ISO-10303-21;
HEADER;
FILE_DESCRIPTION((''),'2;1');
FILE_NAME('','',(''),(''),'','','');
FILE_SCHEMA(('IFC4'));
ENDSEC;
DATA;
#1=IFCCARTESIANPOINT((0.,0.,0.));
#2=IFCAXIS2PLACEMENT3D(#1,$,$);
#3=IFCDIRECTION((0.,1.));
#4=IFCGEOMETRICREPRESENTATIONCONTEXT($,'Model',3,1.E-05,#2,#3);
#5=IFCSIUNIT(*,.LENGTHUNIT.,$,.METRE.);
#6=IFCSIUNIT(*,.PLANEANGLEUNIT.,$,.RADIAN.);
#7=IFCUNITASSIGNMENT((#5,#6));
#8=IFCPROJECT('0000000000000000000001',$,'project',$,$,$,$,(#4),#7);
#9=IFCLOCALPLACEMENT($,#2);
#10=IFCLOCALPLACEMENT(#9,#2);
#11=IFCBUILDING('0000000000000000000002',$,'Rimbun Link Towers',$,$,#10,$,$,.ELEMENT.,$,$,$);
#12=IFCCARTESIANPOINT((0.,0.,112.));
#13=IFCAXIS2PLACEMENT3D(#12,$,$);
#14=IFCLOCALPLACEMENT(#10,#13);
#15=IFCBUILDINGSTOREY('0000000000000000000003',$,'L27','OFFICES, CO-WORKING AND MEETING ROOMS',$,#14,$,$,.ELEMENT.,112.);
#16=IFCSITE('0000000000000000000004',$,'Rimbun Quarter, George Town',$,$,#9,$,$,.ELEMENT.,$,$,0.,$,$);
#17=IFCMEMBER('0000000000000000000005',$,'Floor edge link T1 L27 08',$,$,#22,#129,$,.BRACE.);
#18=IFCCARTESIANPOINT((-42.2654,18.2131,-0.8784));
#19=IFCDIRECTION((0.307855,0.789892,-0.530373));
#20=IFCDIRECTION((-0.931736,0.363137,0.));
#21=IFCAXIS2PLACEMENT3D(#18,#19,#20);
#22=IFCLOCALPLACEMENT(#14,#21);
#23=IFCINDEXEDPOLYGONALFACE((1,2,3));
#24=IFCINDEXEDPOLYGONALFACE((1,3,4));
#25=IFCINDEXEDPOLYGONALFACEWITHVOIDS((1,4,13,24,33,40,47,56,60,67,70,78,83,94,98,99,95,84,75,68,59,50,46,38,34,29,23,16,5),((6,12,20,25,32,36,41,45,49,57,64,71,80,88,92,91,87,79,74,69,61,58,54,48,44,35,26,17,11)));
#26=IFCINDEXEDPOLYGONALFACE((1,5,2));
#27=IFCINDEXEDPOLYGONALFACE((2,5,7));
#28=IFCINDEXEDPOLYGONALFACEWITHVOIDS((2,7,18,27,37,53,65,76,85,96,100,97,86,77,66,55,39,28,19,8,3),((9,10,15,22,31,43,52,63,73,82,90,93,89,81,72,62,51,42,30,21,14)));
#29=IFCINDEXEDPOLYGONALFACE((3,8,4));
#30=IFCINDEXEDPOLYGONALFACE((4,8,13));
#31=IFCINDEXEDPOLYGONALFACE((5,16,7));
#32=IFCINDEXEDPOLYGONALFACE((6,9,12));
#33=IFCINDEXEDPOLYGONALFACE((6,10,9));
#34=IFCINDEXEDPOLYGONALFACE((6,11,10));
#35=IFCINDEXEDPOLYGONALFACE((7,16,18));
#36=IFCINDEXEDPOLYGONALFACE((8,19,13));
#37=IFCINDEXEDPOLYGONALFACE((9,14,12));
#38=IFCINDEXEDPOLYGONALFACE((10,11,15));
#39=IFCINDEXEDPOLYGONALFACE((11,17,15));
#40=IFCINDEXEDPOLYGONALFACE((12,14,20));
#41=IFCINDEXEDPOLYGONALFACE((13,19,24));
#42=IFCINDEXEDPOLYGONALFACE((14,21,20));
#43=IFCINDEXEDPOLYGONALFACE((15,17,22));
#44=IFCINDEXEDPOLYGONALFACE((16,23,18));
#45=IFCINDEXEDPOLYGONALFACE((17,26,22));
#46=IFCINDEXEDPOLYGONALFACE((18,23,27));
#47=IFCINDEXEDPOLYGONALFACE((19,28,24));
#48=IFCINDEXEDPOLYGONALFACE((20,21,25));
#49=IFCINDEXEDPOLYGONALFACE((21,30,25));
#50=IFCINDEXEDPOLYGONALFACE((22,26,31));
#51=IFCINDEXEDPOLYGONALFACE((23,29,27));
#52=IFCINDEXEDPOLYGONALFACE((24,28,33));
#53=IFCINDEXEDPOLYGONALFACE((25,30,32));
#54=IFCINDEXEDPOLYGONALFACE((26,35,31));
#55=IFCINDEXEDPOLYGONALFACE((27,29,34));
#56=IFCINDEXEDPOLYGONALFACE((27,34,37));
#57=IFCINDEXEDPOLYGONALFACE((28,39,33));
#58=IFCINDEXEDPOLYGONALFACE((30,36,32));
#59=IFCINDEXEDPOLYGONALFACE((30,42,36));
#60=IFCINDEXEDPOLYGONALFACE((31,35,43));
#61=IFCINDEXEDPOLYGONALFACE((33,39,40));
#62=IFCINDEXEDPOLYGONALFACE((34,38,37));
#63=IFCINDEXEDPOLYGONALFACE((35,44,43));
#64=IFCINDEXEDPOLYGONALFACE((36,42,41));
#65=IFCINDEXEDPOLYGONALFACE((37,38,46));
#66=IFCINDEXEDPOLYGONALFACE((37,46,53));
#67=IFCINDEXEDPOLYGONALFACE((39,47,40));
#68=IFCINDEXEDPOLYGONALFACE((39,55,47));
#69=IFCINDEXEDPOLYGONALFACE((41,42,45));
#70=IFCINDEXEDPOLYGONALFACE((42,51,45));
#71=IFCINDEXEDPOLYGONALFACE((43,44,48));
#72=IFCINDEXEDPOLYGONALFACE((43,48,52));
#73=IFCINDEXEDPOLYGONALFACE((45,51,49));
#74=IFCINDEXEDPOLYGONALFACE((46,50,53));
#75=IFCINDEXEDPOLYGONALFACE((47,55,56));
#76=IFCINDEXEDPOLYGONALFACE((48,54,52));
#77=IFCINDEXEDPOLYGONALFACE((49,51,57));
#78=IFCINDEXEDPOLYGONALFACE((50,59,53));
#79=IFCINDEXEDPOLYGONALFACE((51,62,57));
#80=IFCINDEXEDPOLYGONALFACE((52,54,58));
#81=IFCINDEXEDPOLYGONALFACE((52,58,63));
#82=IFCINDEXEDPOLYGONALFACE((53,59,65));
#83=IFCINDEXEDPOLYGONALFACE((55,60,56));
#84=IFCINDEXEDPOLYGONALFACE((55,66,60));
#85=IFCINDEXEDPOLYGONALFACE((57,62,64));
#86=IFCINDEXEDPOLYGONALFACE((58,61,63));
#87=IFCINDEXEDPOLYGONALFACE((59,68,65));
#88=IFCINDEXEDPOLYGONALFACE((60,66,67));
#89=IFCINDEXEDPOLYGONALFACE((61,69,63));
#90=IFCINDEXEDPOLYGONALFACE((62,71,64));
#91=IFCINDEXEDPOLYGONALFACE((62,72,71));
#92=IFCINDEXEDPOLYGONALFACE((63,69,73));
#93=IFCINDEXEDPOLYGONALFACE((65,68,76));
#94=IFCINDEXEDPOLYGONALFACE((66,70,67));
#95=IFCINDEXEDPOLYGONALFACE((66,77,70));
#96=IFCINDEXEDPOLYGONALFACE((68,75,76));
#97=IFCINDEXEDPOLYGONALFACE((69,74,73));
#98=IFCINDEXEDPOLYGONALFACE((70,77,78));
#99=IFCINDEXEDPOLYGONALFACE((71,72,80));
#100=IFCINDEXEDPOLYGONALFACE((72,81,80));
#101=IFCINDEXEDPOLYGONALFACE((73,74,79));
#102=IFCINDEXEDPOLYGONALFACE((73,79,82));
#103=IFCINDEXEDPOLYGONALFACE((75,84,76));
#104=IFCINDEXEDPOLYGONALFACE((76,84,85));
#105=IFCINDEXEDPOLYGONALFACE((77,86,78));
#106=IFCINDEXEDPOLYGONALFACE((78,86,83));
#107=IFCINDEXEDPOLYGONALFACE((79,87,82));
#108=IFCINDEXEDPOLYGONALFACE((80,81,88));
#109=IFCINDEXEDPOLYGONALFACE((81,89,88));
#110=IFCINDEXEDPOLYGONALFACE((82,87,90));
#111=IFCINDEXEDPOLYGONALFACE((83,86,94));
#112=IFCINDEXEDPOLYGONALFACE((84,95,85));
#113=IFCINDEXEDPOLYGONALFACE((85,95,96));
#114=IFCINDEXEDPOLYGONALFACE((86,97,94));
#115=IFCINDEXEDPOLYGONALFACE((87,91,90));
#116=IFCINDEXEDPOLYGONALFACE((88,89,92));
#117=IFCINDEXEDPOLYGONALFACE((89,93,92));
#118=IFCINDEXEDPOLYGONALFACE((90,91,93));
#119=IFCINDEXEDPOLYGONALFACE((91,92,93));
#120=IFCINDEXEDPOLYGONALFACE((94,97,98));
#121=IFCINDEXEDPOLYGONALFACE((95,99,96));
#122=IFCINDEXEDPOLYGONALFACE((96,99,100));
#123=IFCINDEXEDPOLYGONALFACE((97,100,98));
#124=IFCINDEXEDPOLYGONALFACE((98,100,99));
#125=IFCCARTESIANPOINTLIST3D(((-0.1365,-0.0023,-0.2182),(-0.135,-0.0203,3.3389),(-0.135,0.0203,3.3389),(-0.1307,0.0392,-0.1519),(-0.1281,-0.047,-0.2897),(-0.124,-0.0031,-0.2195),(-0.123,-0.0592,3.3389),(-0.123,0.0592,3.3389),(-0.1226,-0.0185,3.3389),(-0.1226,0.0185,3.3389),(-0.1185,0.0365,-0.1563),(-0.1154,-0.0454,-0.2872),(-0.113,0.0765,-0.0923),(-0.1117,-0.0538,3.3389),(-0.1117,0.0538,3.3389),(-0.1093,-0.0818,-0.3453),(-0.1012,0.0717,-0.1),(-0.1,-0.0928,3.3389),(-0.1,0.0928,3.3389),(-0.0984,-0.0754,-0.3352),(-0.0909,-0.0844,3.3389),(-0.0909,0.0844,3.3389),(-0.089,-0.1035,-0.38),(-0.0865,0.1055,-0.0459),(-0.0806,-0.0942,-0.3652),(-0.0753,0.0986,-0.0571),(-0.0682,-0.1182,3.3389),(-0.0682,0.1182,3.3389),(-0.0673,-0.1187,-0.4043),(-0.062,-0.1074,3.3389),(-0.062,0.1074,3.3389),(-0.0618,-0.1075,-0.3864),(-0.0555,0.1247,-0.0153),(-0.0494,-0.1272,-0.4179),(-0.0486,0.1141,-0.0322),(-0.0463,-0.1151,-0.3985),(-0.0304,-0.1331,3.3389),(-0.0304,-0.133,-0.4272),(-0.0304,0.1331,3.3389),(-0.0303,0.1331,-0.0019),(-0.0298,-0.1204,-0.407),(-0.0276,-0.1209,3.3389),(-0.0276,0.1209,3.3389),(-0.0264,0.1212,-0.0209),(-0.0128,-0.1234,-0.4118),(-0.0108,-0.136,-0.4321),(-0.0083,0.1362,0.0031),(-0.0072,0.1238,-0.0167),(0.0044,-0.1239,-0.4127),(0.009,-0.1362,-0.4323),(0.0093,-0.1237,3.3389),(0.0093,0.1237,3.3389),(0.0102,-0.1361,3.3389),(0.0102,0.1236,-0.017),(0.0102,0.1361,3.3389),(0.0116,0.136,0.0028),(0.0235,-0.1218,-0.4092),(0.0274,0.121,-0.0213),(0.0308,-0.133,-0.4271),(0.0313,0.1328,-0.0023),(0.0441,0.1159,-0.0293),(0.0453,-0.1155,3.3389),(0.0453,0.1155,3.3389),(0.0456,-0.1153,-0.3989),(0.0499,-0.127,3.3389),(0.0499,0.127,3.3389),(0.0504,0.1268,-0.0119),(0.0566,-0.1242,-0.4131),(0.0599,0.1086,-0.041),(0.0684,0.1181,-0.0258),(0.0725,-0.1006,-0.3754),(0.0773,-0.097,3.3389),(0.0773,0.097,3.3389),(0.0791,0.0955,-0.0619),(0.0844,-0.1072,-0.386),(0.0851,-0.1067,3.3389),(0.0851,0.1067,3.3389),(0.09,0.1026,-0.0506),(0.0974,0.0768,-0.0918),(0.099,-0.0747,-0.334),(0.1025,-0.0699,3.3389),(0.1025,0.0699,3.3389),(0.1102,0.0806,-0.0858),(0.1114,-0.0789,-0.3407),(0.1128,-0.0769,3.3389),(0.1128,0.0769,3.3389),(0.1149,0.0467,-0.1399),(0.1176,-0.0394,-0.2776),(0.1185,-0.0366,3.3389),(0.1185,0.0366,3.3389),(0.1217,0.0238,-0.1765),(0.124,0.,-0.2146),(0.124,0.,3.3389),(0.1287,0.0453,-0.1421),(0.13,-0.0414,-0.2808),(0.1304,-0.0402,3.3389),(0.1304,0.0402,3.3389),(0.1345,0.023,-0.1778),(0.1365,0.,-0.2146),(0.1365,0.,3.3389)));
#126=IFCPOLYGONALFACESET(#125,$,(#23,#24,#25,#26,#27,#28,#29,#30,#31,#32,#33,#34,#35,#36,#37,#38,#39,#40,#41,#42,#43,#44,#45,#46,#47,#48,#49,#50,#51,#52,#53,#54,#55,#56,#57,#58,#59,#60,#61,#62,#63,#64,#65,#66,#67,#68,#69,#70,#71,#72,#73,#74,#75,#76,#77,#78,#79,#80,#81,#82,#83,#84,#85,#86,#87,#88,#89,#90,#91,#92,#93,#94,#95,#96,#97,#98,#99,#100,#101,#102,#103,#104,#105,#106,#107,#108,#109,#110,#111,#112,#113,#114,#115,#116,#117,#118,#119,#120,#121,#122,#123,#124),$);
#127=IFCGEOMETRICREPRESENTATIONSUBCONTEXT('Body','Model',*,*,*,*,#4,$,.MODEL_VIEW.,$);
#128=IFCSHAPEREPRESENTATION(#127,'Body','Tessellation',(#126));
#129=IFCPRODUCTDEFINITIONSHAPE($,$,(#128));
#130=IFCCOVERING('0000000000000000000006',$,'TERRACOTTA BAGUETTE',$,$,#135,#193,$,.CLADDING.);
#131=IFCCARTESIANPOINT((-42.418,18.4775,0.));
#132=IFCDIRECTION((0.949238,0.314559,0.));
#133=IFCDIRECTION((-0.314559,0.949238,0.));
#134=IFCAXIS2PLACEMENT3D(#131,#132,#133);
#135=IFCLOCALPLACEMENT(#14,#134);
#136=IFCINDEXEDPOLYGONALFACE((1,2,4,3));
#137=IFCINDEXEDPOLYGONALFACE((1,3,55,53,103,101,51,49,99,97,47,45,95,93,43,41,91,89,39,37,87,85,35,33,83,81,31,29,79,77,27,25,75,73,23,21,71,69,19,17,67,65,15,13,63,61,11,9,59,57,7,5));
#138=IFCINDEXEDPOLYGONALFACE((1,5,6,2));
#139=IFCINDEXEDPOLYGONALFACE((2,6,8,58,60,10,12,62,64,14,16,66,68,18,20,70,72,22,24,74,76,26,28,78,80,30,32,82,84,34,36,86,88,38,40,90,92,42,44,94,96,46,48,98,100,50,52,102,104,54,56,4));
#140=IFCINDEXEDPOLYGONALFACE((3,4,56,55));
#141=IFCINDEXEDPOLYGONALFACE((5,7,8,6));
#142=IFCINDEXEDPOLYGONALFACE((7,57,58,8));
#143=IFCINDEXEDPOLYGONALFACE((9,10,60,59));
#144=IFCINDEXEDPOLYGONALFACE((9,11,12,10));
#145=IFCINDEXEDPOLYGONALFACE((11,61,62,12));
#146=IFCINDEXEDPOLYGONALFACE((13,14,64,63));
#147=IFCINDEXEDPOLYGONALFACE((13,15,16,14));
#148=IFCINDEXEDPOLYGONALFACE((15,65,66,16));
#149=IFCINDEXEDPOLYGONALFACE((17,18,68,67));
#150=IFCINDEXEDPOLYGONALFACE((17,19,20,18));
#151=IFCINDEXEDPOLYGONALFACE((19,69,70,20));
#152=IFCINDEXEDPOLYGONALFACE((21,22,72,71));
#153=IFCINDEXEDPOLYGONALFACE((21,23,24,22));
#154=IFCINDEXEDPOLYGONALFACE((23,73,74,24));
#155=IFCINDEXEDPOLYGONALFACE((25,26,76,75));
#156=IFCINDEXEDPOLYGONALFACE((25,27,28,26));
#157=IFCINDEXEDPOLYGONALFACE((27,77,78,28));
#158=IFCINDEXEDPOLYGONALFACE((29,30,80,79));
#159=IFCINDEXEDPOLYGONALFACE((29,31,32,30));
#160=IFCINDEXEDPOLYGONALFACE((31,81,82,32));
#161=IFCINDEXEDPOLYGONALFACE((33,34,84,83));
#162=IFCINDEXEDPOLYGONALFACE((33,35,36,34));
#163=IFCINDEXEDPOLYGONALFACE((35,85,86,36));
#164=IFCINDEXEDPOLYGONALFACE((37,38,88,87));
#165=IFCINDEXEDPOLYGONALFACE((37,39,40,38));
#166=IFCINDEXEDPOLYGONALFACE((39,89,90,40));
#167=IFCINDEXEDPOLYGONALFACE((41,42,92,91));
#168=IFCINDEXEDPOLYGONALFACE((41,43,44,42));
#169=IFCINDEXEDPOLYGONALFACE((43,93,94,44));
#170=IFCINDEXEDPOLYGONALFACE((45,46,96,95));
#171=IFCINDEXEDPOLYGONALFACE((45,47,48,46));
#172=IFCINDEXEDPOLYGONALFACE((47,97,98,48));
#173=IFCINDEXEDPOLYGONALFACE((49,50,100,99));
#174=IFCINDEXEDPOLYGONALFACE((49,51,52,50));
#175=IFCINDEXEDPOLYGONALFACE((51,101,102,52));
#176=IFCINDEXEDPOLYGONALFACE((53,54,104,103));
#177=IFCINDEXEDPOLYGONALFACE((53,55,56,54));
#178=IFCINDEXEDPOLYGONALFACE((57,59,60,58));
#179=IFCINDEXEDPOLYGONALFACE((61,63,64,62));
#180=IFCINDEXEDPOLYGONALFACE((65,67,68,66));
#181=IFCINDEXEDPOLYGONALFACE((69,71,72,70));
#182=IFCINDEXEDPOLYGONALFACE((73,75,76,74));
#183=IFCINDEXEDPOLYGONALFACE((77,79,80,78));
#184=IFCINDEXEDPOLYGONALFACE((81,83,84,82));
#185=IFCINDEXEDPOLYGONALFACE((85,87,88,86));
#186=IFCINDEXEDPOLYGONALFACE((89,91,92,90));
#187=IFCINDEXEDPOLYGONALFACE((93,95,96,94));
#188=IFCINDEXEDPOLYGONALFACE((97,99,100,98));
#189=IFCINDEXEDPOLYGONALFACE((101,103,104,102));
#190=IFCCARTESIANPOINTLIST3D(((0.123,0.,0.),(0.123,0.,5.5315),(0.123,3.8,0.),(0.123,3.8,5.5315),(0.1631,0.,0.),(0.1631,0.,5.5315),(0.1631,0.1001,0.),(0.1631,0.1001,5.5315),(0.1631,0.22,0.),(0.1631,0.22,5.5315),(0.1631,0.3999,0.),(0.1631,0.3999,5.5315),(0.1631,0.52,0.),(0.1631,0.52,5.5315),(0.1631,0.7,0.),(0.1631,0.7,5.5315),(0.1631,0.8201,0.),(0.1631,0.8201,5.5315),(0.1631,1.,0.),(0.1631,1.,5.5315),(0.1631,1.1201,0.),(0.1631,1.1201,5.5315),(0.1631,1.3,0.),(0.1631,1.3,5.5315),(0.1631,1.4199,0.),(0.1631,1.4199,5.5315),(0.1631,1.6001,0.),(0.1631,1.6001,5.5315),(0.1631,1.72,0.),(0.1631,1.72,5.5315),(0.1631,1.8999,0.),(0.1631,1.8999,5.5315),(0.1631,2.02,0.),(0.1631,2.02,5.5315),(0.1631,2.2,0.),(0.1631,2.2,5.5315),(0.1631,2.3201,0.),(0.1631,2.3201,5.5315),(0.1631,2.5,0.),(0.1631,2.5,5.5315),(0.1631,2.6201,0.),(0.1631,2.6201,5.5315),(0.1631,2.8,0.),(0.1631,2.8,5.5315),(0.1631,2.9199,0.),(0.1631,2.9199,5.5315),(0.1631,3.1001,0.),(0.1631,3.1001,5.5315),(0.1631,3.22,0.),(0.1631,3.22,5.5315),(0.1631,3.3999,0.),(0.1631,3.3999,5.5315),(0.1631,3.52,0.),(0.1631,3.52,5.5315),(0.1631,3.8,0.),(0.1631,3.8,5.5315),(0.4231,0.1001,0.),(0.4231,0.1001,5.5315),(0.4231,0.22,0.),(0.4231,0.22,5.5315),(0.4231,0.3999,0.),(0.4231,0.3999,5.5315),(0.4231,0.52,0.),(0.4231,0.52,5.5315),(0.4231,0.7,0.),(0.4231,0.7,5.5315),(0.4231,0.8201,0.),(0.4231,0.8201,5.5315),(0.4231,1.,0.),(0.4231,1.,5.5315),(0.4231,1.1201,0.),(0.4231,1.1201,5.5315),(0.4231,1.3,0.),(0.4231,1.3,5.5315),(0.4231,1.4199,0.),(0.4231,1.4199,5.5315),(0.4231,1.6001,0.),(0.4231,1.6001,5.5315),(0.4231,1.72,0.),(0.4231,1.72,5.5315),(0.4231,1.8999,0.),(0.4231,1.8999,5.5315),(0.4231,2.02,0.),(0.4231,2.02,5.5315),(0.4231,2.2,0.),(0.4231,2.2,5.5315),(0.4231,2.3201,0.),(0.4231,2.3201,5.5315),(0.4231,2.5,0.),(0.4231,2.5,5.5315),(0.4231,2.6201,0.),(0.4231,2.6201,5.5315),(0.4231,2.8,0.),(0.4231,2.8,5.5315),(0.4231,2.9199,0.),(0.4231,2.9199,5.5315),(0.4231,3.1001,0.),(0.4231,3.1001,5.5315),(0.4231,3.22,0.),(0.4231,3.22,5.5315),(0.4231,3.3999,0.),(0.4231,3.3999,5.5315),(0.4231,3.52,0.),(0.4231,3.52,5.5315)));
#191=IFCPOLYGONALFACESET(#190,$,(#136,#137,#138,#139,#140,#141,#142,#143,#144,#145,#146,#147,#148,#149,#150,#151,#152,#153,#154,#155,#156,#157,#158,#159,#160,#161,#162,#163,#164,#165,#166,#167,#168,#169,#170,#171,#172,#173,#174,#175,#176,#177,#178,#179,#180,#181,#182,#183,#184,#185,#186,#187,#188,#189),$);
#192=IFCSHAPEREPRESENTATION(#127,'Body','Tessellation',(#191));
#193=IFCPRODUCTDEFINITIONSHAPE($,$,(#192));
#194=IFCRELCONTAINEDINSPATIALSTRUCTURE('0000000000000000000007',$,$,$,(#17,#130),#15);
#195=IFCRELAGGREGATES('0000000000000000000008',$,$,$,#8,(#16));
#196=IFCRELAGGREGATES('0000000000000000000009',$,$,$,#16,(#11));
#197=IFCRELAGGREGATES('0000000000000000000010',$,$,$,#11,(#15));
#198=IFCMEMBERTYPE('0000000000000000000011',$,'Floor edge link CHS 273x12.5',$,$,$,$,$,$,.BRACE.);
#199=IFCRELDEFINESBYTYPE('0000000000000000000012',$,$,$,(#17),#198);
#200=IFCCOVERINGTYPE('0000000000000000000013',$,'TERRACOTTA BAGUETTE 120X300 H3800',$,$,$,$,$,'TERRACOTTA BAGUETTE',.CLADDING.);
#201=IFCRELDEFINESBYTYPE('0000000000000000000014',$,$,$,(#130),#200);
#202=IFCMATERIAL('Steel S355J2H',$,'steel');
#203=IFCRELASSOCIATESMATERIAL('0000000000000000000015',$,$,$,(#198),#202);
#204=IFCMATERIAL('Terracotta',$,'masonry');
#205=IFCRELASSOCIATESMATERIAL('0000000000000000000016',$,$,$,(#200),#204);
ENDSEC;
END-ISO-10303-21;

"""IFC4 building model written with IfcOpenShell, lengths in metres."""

from ifc_helpers import new_model, si_unit, direction, frame, origin, origin_2d, place, context, subcontext, project, spatial, polyline, hollow_circle, outline, extrude, clip, halfspace, material, material_profile, profile_set, type_object, element, save


model = new_model("IFC4")

# Units and contexts
model_context = context("Model", 3, precision=1e-05, world=origin(), true_north=direction((0.0, 1.0)))
body_context = subcontext(model_context, "Body", "Model", "MODEL_VIEW")
ifc_project = project(units=[si_unit("LENGTHUNIT", "METRE"), si_unit("PLANEANGLEUNIT", "RADIAN")], contexts=[model_context])

# Site, building, storey
site_placement = place(None, origin())
site = spatial("IfcSite", under=ifc_project, at=site_placement, Name="Rimbun Quarter, George Town", CompositionType="ELEMENT", RefElevation=0.0)
building_placement = place(site_placement, origin())
building = spatial("IfcBuilding", under=site, at=building_placement, Name="Rimbun Link Towers", CompositionType="ELEMENT")
storey_placement = place(building_placement, frame((0.0, 0.0, 112.0)))
storey = spatial("IfcBuildingStorey", under=building, at=storey_placement, Name="L27", Description="OFFICES, CO-WORKING AND MEETING ROOMS", CompositionType="ELEMENT", Elevation=112.0)

# Member
ifc_material_1 = material(Name="Steel S355J2H", Category="steel")
ifc_material_profile_1 = material_profile(ifc_material_1, hollow_circle(Radius=0.1365, WallThickness=0.0125, at=origin_2d()), Name="CHS 273x12.5")
ifc_profile_set_1 = profile_set([ifc_material_profile_1], Name="Steel S355J2H")
member_type_1 = type_object("IfcMemberType", Name="Floor edge link CHS 273x12.5", PredefinedType="BRACE", material=ifc_profile_set_1)
member_1_placement = place(storey_placement, frame((-42.2654, 18.2131, -0.8784), z_axis=(0.307855, 0.789892, -0.530373), x_axis=(-0.931736, 0.363137, 0.0)))
element("IfcMember", 1, at=member_1_placement, inside=storey, type_object=member_type_1, Name="Floor edge link T1 L27 08", PredefinedType="BRACE", context=body_context, shape_type="Clipping", body=[
    clip(extrude(hollow_circle(Radius=0.1365, WallThickness=0.0125, at=origin_2d()), frame((0.0, 0.0, -0.4551)), (0.0, 0.0, 1.0), 3.7939), halfspace(frame((0.0, 0.0, -0.2146), z_axis=(0.0, 0.847764, -0.530373)), False)),
])

# Covering
ifc_material_2 = material(Name="Terracotta", Category="masonry")
ifc_material_profile_2 = material_profile(ifc_material_2, outline(polyline([(0.123, 0.0), (0.1631, 0.0), (0.1631, 0.1001), (0.4231, 0.1001), (0.4231, 0.22), (0.1631, 0.22), (0.1631, 0.3999), (0.4231, 0.3999), (0.4231, 0.52), (0.1631, 0.52), (0.1631, 0.7), (0.4231, 0.7), (0.4231, 0.8201), (0.1631, 0.8201), (0.1631, 1.0), (0.4231, 1.0), (0.4231, 1.1201), (0.1631, 1.1201), (0.1631, 1.3), (0.4231, 1.3), (0.4231, 1.4199), (0.1631, 1.4199), (0.1631, 1.6001), (0.4231, 1.6001), (0.4231, 1.72), (0.1631, 1.72), (0.1631, 1.8999), (0.4231, 1.8999), (0.4231, 2.02), (0.1631, 2.02), (0.1631, 2.2), (0.4231, 2.2), (0.4231, 2.3201), (0.1631, 2.3201), (0.1631, 2.5), (0.4231, 2.5), (0.4231, 2.6201), (0.1631, 2.6201), (0.1631, 2.8), (0.4231, 2.8), (0.4231, 2.9199), (0.1631, 2.9199), (0.1631, 3.1001), (0.4231, 3.1001), (0.4231, 3.22), (0.1631, 3.22), (0.1631, 3.3999), (0.4231, 3.3999), (0.4231, 3.52), (0.1631, 3.52), (0.1631, 3.8), (0.123, 3.8), (0.123, 0.0)])), Name="BAGUETTE 120X300")
ifc_profile_set_2 = profile_set([ifc_material_profile_2], Name="Terracotta")
covering_type = type_object("IfcCoveringType", Name="TERRACOTTA BAGUETTE 120X300 H3800", ElementType="TERRACOTTA BAGUETTE", PredefinedType="CLADDING", material=ifc_profile_set_2)
covering_1_placement = place(storey_placement, frame((-42.418, 18.4775, 0.0), z_axis=(0.949238, 0.314559, 0.0), x_axis=(-0.314559, 0.949238, 0.0)))
element("IfcCovering", 2, at=covering_1_placement, inside=storey, type_object=covering_type, Name="TERRACOTTA BAGUETTE", PredefinedType="CLADDING", context=body_context, shape_type="SweptSolid", body=[
    extrude(outline(polyline([(0.123, 0.0), (0.1631, 0.0), (0.1631, 0.1001), (0.4231, 0.1001), (0.4231, 0.22), (0.1631, 0.22), (0.1631, 0.3999), (0.4231, 0.3999), (0.4231, 0.52), (0.1631, 0.52), (0.1631, 0.7), (0.4231, 0.7), (0.4231, 0.8201), (0.1631, 0.8201), (0.1631, 1.0), (0.4231, 1.0), (0.4231, 1.1201), (0.1631, 1.1201), (0.1631, 1.3), (0.4231, 1.3), (0.4231, 1.4199), (0.1631, 1.4199), (0.1631, 1.6001), (0.4231, 1.6001), (0.4231, 1.72), (0.1631, 1.72), (0.1631, 1.8999), (0.4231, 1.8999), (0.4231, 2.02), (0.1631, 2.02), (0.1631, 2.2), (0.4231, 2.2), (0.4231, 2.3201), (0.1631, 2.3201), (0.1631, 2.5), (0.4231, 2.5), (0.4231, 2.6201), (0.1631, 2.6201), (0.1631, 2.8), (0.4231, 2.8), (0.4231, 2.9199), (0.1631, 2.9199), (0.1631, 3.1001), (0.4231, 3.1001), (0.4231, 3.22), (0.1631, 3.22), (0.1631, 3.3999), (0.4231, 3.3999), (0.4231, 3.52), (0.1631, 3.52), (0.1631, 3.8), (0.123, 3.8), (0.123, 0.0)])), origin(), (0.0, 0.0, 1.0), 5.5315),
])

save(model, "model.ifc")
